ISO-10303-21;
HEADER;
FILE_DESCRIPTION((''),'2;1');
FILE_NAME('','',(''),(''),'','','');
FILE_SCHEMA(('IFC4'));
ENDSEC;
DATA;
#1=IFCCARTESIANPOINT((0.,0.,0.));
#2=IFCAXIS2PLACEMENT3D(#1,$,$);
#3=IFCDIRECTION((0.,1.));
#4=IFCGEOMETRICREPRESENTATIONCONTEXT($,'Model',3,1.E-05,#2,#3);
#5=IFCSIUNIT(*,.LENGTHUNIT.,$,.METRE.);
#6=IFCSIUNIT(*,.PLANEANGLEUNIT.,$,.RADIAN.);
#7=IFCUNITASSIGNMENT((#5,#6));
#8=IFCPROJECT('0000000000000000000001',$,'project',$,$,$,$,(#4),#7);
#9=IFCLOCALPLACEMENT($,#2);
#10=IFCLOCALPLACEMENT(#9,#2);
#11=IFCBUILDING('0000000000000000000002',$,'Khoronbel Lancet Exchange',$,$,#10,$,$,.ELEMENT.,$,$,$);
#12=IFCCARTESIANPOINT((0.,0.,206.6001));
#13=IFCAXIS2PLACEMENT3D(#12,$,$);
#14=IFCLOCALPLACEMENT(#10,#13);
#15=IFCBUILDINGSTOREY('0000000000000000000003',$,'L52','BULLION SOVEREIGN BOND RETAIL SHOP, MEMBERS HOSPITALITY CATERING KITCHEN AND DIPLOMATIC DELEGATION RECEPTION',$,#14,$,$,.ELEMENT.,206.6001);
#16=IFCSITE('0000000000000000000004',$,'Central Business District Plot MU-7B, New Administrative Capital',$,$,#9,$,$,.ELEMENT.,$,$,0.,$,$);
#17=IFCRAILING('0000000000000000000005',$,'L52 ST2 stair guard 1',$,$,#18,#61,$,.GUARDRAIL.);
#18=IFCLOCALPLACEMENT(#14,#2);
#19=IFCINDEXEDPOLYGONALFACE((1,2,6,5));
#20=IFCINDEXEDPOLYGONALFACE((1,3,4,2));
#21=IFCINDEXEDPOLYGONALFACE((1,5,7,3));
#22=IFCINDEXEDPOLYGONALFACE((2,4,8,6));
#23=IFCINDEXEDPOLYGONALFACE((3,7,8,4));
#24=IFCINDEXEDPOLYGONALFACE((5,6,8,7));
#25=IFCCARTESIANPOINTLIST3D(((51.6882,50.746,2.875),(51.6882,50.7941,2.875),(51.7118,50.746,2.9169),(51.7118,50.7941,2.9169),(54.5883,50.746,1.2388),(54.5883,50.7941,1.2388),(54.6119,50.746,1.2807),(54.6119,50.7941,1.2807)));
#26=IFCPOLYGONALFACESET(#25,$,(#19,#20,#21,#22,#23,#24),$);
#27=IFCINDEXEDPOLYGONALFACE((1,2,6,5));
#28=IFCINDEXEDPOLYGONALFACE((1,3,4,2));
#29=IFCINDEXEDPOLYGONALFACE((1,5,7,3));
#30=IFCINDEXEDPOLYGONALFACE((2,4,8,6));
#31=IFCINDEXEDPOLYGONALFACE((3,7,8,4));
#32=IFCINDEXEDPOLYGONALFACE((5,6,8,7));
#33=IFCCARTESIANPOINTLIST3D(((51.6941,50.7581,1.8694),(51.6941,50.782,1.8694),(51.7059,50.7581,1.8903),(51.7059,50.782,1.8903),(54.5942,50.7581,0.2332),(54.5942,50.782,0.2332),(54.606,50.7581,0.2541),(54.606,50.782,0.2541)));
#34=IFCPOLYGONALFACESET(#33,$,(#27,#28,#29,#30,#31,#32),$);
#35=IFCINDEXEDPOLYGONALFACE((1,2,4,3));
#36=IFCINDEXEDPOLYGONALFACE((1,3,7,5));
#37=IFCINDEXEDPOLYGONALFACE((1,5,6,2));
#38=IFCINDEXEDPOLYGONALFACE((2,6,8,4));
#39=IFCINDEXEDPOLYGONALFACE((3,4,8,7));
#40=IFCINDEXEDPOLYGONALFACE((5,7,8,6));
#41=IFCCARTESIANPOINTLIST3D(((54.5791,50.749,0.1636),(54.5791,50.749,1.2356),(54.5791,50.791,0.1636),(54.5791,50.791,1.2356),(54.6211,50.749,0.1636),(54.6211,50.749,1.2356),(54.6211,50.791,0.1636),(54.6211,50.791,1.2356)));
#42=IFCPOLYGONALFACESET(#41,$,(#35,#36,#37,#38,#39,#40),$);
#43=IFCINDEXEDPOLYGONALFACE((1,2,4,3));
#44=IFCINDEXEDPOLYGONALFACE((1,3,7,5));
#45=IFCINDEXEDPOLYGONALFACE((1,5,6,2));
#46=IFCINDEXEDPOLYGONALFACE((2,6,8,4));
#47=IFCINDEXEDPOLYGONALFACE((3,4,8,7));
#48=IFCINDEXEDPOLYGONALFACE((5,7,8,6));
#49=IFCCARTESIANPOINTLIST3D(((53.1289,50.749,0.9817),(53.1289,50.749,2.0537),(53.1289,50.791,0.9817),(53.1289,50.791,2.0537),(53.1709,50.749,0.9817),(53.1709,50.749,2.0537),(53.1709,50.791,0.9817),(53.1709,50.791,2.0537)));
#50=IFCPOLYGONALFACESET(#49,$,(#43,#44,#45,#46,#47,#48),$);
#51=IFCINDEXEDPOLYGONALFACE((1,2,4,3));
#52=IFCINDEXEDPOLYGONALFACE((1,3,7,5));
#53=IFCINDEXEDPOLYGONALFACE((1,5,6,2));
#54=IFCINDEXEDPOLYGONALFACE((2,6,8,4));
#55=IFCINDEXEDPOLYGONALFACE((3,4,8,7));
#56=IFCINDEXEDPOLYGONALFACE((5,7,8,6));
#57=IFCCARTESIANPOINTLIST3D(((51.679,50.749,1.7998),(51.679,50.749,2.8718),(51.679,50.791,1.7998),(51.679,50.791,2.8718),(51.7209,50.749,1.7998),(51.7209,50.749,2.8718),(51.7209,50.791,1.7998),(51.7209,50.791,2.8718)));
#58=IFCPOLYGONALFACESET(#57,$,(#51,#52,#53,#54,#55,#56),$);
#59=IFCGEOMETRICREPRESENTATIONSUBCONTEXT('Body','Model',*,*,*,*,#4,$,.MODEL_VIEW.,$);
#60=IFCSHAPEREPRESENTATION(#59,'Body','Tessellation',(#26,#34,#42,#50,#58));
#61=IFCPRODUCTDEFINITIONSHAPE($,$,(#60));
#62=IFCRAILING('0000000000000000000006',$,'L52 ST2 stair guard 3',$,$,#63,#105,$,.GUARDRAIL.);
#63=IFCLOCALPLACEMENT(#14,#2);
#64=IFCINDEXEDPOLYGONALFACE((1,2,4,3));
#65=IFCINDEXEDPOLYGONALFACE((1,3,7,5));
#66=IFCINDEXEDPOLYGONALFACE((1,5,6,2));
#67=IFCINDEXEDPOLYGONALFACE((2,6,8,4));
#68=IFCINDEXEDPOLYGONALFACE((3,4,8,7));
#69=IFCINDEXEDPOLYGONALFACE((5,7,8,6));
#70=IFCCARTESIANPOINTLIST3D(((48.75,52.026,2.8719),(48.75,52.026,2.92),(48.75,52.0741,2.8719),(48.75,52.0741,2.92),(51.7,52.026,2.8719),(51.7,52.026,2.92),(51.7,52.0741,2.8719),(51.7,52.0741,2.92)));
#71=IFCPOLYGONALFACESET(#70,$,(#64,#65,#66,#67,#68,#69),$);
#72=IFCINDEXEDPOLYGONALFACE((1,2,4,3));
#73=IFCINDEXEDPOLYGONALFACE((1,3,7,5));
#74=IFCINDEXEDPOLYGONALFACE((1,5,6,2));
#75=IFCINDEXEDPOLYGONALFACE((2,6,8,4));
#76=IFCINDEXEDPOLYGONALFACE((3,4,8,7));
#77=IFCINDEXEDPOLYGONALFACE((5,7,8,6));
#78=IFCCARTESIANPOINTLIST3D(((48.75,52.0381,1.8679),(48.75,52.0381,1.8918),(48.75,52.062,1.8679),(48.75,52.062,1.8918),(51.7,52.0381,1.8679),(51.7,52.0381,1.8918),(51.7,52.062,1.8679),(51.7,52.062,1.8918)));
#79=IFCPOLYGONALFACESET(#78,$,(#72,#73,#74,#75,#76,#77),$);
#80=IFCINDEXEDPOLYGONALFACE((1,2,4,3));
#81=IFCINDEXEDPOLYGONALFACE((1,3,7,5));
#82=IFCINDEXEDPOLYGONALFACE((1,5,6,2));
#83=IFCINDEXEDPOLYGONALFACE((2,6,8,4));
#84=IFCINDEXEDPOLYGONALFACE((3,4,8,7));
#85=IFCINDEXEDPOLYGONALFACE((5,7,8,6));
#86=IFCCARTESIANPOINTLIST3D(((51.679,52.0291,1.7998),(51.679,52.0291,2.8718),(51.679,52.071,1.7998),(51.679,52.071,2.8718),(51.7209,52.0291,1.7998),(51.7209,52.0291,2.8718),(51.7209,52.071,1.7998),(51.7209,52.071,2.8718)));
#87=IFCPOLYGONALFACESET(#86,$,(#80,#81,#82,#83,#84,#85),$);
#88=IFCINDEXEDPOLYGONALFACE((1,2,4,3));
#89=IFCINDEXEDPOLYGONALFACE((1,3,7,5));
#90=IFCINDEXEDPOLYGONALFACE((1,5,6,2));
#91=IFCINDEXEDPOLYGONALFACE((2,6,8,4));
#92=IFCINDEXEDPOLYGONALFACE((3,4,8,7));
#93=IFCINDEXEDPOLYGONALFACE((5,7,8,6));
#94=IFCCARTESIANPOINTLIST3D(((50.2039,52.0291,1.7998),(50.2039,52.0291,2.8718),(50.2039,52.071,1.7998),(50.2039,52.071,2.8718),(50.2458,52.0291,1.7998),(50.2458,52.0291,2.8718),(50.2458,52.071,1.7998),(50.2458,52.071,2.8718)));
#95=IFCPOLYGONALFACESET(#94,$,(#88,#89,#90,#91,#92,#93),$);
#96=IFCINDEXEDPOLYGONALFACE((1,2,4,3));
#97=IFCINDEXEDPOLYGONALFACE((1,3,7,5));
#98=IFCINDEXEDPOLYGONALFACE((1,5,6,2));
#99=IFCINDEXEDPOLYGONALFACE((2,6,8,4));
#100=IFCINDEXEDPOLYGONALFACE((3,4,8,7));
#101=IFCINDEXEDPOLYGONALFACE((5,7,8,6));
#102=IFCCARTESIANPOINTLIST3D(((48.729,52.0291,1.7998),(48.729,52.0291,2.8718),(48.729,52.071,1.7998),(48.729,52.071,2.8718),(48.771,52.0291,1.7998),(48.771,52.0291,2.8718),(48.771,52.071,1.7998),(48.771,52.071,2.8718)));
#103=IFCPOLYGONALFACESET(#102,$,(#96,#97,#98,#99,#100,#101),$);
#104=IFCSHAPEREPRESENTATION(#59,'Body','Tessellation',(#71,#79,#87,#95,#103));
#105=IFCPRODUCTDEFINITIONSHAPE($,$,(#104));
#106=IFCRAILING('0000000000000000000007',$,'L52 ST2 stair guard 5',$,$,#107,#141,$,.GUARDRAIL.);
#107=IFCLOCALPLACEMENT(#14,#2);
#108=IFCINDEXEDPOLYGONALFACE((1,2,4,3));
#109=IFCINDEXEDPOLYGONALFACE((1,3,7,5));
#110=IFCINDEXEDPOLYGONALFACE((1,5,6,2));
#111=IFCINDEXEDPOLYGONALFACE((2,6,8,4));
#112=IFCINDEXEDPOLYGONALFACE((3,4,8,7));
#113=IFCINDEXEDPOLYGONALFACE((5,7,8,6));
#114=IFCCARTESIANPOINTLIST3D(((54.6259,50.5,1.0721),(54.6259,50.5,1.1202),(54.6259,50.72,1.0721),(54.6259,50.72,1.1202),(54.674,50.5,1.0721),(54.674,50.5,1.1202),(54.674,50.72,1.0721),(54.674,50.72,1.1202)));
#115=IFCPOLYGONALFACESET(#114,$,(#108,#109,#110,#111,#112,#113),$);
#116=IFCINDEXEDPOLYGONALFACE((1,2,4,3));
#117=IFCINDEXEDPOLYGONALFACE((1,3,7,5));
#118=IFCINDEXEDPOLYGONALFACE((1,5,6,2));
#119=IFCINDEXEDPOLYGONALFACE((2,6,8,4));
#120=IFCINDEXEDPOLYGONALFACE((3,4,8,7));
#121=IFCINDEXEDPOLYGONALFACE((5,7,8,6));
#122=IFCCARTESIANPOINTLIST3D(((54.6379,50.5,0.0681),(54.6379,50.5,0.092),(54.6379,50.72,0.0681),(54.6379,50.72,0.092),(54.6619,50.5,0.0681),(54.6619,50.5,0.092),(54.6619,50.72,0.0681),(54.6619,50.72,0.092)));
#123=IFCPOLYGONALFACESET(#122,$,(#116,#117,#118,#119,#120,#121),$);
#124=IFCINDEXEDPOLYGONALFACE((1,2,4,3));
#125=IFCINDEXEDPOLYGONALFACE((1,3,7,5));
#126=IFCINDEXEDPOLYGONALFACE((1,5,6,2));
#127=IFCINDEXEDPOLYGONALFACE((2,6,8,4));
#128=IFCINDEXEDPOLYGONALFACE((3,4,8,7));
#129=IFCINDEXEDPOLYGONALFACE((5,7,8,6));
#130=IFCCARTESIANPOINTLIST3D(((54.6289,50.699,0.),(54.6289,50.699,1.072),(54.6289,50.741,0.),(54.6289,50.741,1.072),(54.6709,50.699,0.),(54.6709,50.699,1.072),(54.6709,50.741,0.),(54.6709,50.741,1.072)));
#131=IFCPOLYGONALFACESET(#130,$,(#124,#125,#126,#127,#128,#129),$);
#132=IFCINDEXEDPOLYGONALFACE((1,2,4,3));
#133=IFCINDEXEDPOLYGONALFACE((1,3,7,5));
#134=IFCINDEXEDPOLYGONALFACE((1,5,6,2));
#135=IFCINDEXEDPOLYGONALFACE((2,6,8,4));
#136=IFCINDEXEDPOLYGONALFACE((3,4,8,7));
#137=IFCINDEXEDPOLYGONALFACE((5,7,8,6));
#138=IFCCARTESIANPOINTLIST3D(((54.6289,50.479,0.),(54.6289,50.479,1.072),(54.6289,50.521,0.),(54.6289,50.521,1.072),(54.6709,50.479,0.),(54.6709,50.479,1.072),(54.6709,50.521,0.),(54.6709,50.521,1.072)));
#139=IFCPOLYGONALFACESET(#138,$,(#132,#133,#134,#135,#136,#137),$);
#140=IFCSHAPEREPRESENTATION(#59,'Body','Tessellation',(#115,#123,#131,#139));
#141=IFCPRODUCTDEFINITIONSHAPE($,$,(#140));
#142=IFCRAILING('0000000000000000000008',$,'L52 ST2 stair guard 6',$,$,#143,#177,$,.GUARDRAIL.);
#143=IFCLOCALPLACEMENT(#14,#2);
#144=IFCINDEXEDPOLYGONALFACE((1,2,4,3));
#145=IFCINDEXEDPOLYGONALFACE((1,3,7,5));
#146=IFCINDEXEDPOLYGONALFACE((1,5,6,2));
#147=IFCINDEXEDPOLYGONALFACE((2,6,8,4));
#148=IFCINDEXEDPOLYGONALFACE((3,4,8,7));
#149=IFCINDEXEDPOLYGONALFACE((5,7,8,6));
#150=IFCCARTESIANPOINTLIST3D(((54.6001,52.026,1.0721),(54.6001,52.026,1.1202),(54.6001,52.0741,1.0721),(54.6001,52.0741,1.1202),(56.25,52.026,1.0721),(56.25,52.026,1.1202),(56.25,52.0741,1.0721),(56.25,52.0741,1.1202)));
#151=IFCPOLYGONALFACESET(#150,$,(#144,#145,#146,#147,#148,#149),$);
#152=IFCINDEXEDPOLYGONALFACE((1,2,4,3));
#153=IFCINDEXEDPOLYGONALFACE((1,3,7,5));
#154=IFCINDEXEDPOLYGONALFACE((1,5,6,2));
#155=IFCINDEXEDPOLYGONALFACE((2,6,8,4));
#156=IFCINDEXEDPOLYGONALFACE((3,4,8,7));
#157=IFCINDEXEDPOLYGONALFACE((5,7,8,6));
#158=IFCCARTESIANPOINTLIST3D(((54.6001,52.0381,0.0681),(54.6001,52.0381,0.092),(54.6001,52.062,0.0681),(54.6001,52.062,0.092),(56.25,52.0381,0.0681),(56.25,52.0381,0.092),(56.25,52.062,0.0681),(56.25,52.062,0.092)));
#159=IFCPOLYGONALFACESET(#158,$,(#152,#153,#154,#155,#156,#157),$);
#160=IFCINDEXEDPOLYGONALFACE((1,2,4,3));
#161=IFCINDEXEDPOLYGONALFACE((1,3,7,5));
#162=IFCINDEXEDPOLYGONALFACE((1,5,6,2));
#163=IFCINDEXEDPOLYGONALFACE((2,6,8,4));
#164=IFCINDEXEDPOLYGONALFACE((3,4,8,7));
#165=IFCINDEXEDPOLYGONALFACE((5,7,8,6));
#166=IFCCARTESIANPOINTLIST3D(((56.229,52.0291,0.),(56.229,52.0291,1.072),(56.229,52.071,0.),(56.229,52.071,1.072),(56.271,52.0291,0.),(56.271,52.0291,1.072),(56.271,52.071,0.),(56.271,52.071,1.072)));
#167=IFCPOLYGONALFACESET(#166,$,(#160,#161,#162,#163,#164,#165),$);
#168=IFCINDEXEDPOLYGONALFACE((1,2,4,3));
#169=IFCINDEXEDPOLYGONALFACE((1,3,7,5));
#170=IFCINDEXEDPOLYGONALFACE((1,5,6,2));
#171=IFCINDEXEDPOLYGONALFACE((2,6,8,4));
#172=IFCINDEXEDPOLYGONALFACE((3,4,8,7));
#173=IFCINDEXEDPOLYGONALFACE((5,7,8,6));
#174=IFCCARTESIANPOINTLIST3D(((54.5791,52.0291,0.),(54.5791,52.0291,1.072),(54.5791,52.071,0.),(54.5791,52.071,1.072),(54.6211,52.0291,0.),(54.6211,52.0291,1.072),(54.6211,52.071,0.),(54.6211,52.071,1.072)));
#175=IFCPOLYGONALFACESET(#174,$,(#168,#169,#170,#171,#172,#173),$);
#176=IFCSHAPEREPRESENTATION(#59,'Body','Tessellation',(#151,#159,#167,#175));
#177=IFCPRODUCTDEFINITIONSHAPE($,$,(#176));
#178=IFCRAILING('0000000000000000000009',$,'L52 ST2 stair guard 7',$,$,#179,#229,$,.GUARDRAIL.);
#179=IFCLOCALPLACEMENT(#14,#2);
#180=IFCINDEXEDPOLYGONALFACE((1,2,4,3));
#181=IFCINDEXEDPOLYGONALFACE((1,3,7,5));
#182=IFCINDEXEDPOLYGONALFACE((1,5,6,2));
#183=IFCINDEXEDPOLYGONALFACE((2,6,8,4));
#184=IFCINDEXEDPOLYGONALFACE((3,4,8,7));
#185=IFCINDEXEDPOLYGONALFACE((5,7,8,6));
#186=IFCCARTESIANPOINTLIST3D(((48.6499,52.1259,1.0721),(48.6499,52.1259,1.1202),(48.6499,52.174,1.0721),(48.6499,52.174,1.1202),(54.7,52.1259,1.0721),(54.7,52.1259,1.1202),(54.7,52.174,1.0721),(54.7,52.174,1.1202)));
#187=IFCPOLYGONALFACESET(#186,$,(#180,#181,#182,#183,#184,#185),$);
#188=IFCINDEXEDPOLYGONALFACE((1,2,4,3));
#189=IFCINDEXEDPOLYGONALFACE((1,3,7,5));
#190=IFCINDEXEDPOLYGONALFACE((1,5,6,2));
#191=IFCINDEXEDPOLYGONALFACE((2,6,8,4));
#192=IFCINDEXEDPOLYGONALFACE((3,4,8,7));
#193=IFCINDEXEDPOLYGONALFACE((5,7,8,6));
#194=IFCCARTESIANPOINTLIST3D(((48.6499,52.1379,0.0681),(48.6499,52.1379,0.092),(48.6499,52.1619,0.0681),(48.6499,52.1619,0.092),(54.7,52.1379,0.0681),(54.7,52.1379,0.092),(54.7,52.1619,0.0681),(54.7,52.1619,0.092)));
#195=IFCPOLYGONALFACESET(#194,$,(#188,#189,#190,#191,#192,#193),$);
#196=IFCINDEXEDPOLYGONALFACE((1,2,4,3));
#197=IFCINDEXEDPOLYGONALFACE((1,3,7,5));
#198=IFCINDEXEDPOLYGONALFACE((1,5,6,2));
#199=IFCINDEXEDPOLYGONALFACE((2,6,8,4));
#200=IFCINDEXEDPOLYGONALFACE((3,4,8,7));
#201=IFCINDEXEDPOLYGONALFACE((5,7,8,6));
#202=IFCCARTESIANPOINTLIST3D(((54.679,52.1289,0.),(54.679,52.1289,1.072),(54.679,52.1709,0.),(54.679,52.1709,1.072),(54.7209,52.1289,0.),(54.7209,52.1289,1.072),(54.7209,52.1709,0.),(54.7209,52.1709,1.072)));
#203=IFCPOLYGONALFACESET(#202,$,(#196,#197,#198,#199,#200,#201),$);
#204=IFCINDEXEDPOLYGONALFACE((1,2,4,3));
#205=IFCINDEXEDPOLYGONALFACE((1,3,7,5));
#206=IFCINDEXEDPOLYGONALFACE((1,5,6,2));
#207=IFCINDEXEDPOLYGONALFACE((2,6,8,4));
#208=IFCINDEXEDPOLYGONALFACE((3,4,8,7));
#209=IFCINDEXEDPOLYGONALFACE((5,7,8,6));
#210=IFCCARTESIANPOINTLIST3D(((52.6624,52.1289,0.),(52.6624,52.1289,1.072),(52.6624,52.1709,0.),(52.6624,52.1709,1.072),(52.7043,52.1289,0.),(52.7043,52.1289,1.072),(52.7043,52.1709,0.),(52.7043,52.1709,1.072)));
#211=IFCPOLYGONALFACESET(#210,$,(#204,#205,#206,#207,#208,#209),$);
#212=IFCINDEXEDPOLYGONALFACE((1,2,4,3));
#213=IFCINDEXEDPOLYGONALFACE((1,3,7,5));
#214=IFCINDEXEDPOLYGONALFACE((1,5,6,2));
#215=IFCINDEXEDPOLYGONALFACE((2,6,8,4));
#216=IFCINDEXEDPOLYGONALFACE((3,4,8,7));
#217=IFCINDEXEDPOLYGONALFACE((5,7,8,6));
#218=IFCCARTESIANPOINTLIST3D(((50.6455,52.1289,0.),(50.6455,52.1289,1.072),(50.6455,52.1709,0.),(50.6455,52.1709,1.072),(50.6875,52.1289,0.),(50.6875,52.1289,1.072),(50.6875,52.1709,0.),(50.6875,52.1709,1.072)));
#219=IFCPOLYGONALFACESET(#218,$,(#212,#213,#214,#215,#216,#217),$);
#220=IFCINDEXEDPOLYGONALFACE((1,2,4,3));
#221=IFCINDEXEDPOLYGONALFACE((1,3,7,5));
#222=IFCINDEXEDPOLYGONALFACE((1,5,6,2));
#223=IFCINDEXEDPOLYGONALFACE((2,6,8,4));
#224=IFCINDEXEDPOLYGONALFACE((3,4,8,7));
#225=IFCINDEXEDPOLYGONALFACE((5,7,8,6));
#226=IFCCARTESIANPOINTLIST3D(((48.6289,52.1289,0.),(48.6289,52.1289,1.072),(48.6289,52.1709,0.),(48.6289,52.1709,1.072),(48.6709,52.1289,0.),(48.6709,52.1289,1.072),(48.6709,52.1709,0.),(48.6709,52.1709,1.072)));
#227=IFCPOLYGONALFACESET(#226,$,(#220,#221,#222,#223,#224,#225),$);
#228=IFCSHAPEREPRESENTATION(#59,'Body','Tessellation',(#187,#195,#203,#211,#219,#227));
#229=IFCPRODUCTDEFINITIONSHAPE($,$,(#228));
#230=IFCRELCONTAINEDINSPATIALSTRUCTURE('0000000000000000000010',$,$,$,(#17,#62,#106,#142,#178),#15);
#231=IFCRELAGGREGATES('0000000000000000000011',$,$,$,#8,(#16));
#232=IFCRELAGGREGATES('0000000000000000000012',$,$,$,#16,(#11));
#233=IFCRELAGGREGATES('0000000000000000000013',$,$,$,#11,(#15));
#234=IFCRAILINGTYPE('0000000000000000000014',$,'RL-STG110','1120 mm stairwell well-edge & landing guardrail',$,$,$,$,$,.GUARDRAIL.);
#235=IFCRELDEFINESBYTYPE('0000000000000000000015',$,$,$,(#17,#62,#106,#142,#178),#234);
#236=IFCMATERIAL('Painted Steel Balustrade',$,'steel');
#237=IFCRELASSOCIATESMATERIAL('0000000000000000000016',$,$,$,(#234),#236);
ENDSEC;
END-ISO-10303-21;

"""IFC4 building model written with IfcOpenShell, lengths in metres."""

from ifc_helpers import new_model, si_unit, direction, frame, origin, origin_2d, place, context, subcontext, project, spatial, rectangle, extrude, material, type_object, element, save


model = new_model("IFC4")

# Units and contexts
model_context = context("Model", 3, precision=1e-05, world=origin(), true_north=direction((0.0, 1.0)))
body_context = subcontext(model_context, "Body", "Model", "MODEL_VIEW")
ifc_project = project(units=[si_unit("LENGTHUNIT", "METRE"), si_unit("PLANEANGLEUNIT", "RADIAN")], contexts=[model_context])

# Site, building, storey
site_placement = place(None, origin())
site = spatial("IfcSite", under=ifc_project, at=site_placement, Name="Central Business District Plot MU-7B, New Administrative Capital", CompositionType="ELEMENT", RefElevation=0.0)
building_placement = place(site_placement, origin())
building = spatial("IfcBuilding", under=site, at=building_placement, Name="Khoronbel Lancet Exchange", CompositionType="ELEMENT")
storey_placement = place(building_placement, frame((0.0, 0.0, 206.6001)))
storey = spatial("IfcBuildingStorey", under=building, at=storey_placement, Name="L52", Description="BULLION SOVEREIGN BOND RETAIL SHOP, MEMBERS HOSPITALITY CATERING KITCHEN AND DIPLOMATIC DELEGATION RECEPTION", CompositionType="ELEMENT", Elevation=206.6001)

# Railings
ifc_material_1 = material(Name="Painted Steel Balustrade", Category="steel")
railing_type_1 = type_object("IfcRailingType", Name="RL-STG110", Description="1120 mm stairwell well-edge & landing guardrail", PredefinedType="GUARDRAIL", material=ifc_material_1)
railing_1_placement = place(storey_placement, frame((54.6001, 50.77, 0.1636)))
element("IfcRailing", 1, at=railing_1_placement, inside=storey, type_object=railing_type_1, Name="L52 ST2 stair guard 1", PredefinedType="GUARDRAIL", context=body_context, shape_type="SweptSolid", body=[
    extrude(rectangle(XDim=0.0481, YDim=0.0481, at=origin_2d()), frame((0.0, 0.0, 1.0962), z_axis=(-0.870946, 0.0, 0.491378), x_axis=(0.0, -1.0, 0.0)), (0.0, 0.0, 1.0), 3.3298),
    extrude(rectangle(XDim=0.0239, YDim=0.0239, at=origin_2d()), frame((0.0, 0.0, 0.0801), z_axis=(-0.870946, 0.0, 0.491378), x_axis=(0.0, -1.0, 0.0)), (0.0, 0.0, 1.0), 3.3298),
    extrude(rectangle(XDim=0.042, YDim=0.042, at=origin_2d()), origin(), (0.0, 0.0, 1.0), 1.072),
    extrude(rectangle(XDim=0.042, YDim=0.042, at=origin_2d()), frame((-1.4502, 0.0, 0.8181)), (0.0, 0.0, 1.0), 1.072),
    extrude(rectangle(XDim=0.042, YDim=0.042, at=origin_2d()), frame((-2.9001, 0.0, 1.6362)), (0.0, 0.0, 1.0), 1.072),
])
railing_2_placement = place(storey_placement, frame((51.7, 52.05, 1.7998)))
element("IfcRailing", 2, at=railing_2_placement, inside=storey, type_object=railing_type_1, Name="L52 ST2 stair guard 3", PredefinedType="GUARDRAIL", context=body_context, shape_type="SweptSolid", body=[
    extrude(rectangle(XDim=0.0481, YDim=0.0481, at=origin_2d()), frame((0.0, 0.0, 1.0962), z_axis=(-1.0, 0.0, 0.0), x_axis=(0.0, -1.0, 0.0)), (0.0, 0.0, 1.0), 2.95),
    extrude(rectangle(XDim=0.0239, YDim=0.0239, at=origin_2d()), frame((0.0, 0.0, 0.0801), z_axis=(-1.0, 0.0, 0.0), x_axis=(0.0, -1.0, 0.0)), (0.0, 0.0, 1.0), 2.95),
    extrude(rectangle(XDim=0.042, YDim=0.042, at=origin_2d()), origin(), (0.0, 0.0, 1.0), 1.072),
    extrude(rectangle(XDim=0.042, YDim=0.042, at=origin_2d()), frame((-1.4751, 0.0, 0.0)), (0.0, 0.0, 1.0), 1.072),
    extrude(rectangle(XDim=0.042, YDim=0.042, at=origin_2d()), frame((-2.95, 0.0, 0.0)), (0.0, 0.0, 1.0), 1.072),
])
railing_3_placement = place(storey_placement, frame((54.6499, 50.72, 0.0)))
element("IfcRailing", 3, at=railing_3_placement, inside=storey, type_object=railing_type_1, Name="L52 ST2 stair guard 5", PredefinedType="GUARDRAIL", context=body_context, shape_type="SweptSolid", body=[
    extrude(rectangle(XDim=0.0481, YDim=0.0481, at=origin_2d()), frame((0.0, 0.0, 1.0962), z_axis=(0.0, -1.0, 0.0), x_axis=(1.0, 0.0, 0.0)), (0.0, 0.0, 1.0), 0.22),
    extrude(rectangle(XDim=0.0239, YDim=0.0239, at=origin_2d()), frame((0.0, 0.0, 0.0801), z_axis=(0.0, -1.0, 0.0), x_axis=(1.0, 0.0, 0.0)), (0.0, 0.0, 1.0), 0.22),
    extrude(rectangle(XDim=0.042, YDim=0.042, at=origin_2d()), origin(), (0.0, 0.0, 1.0), 1.072),
    extrude(rectangle(XDim=0.042, YDim=0.042, at=origin_2d()), frame((0.0, -0.22, 0.0)), (0.0, 0.0, 1.0), 1.072),
])
railing_4_placement = place(storey_placement, frame((56.25, 52.05, 0.0)))
element("IfcRailing", 4, at=railing_4_placement, inside=storey, type_object=railing_type_1, Name="L52 ST2 stair guard 6", PredefinedType="GUARDRAIL", context=body_context, shape_type="SweptSolid", body=[
    extrude(rectangle(XDim=0.0481, YDim=0.0481, at=origin_2d()), frame((0.0, 0.0, 1.0962), z_axis=(-1.0, 0.0, 0.0), x_axis=(0.0, -1.0, 0.0)), (0.0, 0.0, 1.0), 1.6499),
    extrude(rectangle(XDim=0.0239, YDim=0.0239, at=origin_2d()), frame((0.0, 0.0, 0.0801), z_axis=(-1.0, 0.0, 0.0), x_axis=(0.0, -1.0, 0.0)), (0.0, 0.0, 1.0), 1.6499),
    extrude(rectangle(XDim=0.042, YDim=0.042, at=origin_2d()), origin(), (0.0, 0.0, 1.0), 1.072),
    extrude(rectangle(XDim=0.042, YDim=0.042, at=origin_2d()), frame((-1.6499, 0.0, 0.0)), (0.0, 0.0, 1.0), 1.072),
])
railing_5_placement = place(storey_placement, frame((54.7, 52.1499, 0.0)))
element("IfcRailing", 5, at=railing_5_placement, inside=storey, type_object=railing_type_1, Name="L52 ST2 stair guard 7", PredefinedType="GUARDRAIL", context=body_context, shape_type="SweptSolid", body=[
    extrude(rectangle(XDim=0.0481, YDim=0.0481, at=origin_2d()), frame((0.0, 0.0, 1.0962), z_axis=(-1.0, 0.0, 0.0), x_axis=(0.0, -1.0, 0.0)), (0.0, 0.0, 1.0), 6.05),
    extrude(rectangle(XDim=0.0239, YDim=0.0239, at=origin_2d()), frame((0.0, 0.0, 0.0801), z_axis=(-1.0, 0.0, 0.0), x_axis=(0.0, -1.0, 0.0)), (0.0, 0.0, 1.0), 6.05),
    extrude(rectangle(XDim=0.042, YDim=0.042, at=origin_2d()), origin(), (0.0, 0.0, 1.0), 1.072),
    extrude(rectangle(XDim=0.042, YDim=0.042, at=origin_2d()), frame((-2.0166, 0.0, 0.0)), (0.0, 0.0, 1.0), 1.072),
    extrude(rectangle(XDim=0.042, YDim=0.042, at=origin_2d()), frame((-4.0334, 0.0, 0.0)), (0.0, 0.0, 1.0), 1.072),
    extrude(rectangle(XDim=0.042, YDim=0.042, at=origin_2d()), frame((-6.05, 0.0, 0.0)), (0.0, 0.0, 1.0), 1.072),
])

save(model, "model.ifc")
